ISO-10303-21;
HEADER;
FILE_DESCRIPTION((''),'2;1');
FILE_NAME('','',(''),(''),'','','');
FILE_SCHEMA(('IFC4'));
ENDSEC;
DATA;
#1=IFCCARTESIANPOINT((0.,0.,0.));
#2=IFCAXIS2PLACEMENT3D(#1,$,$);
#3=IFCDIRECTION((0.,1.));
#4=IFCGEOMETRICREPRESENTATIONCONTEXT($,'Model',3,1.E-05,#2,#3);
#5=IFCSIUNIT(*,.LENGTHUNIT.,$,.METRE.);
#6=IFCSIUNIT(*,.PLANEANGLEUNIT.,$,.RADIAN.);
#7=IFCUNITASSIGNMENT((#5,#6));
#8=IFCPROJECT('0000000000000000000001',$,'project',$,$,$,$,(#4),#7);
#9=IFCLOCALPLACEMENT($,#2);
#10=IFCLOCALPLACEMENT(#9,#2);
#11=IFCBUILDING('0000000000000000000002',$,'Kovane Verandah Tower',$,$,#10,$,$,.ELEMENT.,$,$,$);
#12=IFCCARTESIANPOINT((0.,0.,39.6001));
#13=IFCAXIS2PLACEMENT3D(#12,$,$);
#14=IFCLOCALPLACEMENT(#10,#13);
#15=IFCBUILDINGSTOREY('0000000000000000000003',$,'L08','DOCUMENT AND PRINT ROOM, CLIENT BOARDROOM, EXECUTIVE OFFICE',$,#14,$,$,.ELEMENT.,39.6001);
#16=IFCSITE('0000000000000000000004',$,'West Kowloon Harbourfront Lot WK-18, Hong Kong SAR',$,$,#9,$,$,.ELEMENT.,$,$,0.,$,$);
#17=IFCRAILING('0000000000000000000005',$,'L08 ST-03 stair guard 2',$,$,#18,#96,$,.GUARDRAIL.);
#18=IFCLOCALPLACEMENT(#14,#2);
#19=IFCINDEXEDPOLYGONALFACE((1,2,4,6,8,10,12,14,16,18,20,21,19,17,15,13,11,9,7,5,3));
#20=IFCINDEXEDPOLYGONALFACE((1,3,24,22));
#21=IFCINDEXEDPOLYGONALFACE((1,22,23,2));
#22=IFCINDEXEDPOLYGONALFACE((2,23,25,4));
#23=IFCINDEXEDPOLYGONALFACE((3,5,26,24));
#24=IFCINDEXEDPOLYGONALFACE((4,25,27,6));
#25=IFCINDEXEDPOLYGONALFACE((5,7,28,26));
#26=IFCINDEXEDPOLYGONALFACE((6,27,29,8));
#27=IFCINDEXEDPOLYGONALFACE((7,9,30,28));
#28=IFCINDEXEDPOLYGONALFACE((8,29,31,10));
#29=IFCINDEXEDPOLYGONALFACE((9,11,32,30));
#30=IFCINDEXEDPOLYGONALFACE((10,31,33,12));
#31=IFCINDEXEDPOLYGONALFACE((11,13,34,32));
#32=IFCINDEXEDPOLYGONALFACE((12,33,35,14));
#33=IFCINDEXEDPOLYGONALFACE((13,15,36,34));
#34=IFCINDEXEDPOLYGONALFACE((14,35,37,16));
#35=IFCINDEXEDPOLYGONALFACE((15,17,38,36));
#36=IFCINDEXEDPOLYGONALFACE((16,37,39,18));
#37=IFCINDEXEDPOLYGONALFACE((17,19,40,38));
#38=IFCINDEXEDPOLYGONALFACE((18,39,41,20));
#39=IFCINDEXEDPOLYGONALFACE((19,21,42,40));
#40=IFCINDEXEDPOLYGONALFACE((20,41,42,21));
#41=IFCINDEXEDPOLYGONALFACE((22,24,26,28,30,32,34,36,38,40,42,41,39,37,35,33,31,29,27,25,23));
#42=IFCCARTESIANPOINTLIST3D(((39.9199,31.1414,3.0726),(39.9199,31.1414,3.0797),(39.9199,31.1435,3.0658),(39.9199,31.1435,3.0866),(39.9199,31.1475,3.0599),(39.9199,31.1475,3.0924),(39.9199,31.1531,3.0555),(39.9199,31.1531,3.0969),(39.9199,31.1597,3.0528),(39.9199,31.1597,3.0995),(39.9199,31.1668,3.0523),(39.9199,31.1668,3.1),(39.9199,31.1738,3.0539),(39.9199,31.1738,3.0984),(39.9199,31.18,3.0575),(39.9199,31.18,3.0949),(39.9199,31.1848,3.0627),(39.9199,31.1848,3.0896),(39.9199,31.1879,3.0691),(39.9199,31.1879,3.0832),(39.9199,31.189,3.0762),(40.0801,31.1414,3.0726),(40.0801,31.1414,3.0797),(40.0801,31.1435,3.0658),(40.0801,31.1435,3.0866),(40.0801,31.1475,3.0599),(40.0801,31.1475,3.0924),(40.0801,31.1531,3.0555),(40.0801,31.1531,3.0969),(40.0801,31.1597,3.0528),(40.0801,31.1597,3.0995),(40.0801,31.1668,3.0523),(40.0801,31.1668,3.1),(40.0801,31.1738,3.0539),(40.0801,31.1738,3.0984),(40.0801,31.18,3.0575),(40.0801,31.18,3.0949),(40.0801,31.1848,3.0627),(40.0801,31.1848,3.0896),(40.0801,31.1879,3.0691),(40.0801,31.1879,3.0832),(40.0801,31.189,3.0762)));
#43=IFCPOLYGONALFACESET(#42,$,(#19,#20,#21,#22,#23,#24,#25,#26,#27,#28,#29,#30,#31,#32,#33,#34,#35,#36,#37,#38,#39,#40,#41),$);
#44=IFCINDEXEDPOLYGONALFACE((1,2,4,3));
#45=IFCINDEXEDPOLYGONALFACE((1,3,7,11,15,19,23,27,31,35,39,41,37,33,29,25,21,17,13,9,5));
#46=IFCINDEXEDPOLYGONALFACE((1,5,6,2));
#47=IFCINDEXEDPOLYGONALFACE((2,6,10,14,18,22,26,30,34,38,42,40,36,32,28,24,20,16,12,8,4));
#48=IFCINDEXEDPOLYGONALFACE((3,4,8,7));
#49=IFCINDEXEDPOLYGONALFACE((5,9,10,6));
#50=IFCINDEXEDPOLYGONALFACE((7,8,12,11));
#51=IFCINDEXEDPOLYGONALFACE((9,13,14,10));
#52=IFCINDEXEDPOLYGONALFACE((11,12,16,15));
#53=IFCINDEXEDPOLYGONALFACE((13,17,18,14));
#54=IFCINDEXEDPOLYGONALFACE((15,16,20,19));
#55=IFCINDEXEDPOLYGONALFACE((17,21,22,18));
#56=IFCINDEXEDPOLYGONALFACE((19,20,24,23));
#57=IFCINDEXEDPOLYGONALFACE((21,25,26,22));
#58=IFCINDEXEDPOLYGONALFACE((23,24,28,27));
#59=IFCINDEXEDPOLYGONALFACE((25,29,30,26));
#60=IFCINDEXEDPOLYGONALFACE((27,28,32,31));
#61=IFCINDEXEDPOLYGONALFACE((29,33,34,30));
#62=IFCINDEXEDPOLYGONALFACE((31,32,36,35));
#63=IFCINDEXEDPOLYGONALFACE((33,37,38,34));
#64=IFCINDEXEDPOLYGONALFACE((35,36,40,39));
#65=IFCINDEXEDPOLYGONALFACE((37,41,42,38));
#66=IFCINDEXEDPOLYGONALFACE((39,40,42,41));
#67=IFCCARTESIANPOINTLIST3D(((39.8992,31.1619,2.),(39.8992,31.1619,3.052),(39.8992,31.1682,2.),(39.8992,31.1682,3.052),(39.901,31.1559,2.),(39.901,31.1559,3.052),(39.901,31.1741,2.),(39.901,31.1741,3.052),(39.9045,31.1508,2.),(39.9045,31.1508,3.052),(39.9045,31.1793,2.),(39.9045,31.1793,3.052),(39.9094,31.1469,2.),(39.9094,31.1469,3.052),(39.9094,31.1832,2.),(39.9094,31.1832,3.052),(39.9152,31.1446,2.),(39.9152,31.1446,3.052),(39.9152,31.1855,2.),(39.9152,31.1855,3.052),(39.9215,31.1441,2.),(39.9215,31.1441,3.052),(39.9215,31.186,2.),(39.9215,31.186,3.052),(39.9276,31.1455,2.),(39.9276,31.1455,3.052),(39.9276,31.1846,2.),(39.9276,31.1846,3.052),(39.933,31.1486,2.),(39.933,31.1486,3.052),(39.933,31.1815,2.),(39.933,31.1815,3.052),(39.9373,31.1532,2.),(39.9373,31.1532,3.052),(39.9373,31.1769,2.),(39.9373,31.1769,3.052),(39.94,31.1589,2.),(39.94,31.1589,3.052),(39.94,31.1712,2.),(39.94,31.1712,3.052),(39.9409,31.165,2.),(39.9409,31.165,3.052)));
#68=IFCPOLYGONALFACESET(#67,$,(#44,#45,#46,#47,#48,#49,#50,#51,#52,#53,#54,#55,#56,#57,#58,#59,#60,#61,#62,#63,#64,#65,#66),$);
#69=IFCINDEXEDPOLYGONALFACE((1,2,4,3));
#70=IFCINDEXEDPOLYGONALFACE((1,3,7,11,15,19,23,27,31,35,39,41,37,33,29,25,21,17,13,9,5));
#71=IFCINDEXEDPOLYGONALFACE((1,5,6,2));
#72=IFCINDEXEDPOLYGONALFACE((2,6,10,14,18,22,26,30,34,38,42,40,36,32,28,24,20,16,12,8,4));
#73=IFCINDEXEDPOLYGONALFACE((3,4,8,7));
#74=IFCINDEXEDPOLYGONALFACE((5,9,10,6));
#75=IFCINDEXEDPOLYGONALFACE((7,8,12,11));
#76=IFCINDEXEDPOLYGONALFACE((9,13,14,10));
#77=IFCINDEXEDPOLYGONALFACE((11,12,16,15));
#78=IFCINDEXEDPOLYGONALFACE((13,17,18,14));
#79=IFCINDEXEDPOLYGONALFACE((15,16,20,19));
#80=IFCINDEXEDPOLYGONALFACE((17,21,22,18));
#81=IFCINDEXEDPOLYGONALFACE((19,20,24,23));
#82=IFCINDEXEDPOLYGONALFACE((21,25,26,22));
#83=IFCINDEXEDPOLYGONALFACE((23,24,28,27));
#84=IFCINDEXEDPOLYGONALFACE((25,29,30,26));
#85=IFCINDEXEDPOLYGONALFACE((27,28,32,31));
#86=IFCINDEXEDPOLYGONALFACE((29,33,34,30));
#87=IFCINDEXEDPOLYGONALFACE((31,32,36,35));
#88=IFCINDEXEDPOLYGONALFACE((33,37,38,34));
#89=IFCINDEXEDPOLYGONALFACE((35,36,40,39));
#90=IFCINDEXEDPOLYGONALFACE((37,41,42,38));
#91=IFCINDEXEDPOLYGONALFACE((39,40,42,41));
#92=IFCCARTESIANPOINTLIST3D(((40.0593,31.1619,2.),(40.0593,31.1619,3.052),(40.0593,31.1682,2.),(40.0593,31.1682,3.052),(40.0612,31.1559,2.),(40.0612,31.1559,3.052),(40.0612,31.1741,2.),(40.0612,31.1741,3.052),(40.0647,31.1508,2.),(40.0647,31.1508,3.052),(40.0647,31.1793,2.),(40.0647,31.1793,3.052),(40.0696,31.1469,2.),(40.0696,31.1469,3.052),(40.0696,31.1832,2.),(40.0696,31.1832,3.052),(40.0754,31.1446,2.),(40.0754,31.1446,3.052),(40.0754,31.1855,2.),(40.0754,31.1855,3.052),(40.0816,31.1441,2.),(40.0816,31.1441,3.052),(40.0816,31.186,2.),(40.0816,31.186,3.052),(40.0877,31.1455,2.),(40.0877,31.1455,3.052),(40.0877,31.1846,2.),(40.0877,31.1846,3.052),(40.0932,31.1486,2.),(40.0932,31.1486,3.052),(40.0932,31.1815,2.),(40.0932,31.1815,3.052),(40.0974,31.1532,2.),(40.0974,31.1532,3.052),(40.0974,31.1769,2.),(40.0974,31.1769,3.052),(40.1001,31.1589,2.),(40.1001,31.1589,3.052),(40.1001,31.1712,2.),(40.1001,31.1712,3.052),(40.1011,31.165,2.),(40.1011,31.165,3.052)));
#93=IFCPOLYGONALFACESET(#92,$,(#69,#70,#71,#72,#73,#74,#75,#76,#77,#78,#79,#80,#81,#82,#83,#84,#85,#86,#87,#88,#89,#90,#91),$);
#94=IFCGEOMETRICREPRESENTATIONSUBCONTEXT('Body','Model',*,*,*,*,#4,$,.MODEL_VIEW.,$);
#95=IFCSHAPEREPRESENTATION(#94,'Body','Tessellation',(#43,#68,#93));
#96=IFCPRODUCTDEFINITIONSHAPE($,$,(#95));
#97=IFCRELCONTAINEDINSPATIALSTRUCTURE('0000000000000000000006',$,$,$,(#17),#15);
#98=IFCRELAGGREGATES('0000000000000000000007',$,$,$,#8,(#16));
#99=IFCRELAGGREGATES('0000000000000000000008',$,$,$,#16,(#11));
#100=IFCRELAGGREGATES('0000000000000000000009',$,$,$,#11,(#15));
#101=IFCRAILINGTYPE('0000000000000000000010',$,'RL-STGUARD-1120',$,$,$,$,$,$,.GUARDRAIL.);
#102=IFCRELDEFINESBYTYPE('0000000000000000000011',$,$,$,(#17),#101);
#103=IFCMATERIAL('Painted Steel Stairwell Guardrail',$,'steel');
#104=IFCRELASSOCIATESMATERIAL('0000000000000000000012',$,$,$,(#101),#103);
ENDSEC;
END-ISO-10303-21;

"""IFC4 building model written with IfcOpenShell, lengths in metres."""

from ifc_helpers import new_model, si_unit, direction, frame, origin, origin_2d, place, context, subcontext, project, spatial, circle, extrude, material, type_object, element, save


model = new_model("IFC4")

# Units and contexts
model_context = context("Model", 3, precision=1e-05, world=origin(), true_north=direction((0.0, 1.0)))
body_context = subcontext(model_context, "Body", "Model", "MODEL_VIEW")
ifc_project = project(units=[si_unit("LENGTHUNIT", "METRE"), si_unit("PLANEANGLEUNIT", "RADIAN")], contexts=[model_context])

# Site, building, storey
site_placement = place(None, origin())
site = spatial("IfcSite", under=ifc_project, at=site_placement, Name="West Kowloon Harbourfront Lot WK-18, Hong Kong SAR", CompositionType="ELEMENT", RefElevation=0.0)
building_placement = place(site_placement, origin())
building = spatial("IfcBuilding", under=site, at=building_placement, Name="Kovane Verandah Tower", CompositionType="ELEMENT")
storey_placement = place(building_placement, frame((0.0, 0.0, 39.6001)))
storey = spatial("IfcBuildingStorey", under=building, at=storey_placement, Name="L08", Description="DOCUMENT AND PRINT ROOM, CLIENT BOARDROOM, EXECUTIVE OFFICE", CompositionType="ELEMENT", Elevation=39.6001)

# Railing
ifc_material_1 = material(Name="Painted Steel Stairwell Guardrail", Category="steel")
railing_type_1 = type_object("IfcRailingType", Name="RL-STGUARD-1120", PredefinedType="GUARDRAIL", material=ifc_material_1)
railing_1_placement = place(storey_placement, frame((39.9199, 31.165, 2.0)))
element("IfcRailing", 1, at=railing_1_placement, inside=storey, type_object=railing_type_1, Name="L08 ST-03 stair guard 2", PredefinedType="GUARDRAIL", context=body_context, shape_type="SweptSolid", body=[
    extrude(circle(Radius=0.0239, at=origin_2d()), frame((0.0, 0.0, 1.0762), z_axis=(1.0, 0.0, 0.0), x_axis=(0.0, 1.0, 0.0)), (0.0, 0.0, 1.0), 0.1602),
    extrude(circle(Radius=0.021, at=origin_2d()), origin(), (0.0, 0.0, 1.0), 1.052),
    extrude(circle(Radius=0.021, at=origin_2d()), frame((0.1602, 0.0, 0.0)), (0.0, 0.0, 1.0), 1.052),
])

save(model, "model.ifc")
